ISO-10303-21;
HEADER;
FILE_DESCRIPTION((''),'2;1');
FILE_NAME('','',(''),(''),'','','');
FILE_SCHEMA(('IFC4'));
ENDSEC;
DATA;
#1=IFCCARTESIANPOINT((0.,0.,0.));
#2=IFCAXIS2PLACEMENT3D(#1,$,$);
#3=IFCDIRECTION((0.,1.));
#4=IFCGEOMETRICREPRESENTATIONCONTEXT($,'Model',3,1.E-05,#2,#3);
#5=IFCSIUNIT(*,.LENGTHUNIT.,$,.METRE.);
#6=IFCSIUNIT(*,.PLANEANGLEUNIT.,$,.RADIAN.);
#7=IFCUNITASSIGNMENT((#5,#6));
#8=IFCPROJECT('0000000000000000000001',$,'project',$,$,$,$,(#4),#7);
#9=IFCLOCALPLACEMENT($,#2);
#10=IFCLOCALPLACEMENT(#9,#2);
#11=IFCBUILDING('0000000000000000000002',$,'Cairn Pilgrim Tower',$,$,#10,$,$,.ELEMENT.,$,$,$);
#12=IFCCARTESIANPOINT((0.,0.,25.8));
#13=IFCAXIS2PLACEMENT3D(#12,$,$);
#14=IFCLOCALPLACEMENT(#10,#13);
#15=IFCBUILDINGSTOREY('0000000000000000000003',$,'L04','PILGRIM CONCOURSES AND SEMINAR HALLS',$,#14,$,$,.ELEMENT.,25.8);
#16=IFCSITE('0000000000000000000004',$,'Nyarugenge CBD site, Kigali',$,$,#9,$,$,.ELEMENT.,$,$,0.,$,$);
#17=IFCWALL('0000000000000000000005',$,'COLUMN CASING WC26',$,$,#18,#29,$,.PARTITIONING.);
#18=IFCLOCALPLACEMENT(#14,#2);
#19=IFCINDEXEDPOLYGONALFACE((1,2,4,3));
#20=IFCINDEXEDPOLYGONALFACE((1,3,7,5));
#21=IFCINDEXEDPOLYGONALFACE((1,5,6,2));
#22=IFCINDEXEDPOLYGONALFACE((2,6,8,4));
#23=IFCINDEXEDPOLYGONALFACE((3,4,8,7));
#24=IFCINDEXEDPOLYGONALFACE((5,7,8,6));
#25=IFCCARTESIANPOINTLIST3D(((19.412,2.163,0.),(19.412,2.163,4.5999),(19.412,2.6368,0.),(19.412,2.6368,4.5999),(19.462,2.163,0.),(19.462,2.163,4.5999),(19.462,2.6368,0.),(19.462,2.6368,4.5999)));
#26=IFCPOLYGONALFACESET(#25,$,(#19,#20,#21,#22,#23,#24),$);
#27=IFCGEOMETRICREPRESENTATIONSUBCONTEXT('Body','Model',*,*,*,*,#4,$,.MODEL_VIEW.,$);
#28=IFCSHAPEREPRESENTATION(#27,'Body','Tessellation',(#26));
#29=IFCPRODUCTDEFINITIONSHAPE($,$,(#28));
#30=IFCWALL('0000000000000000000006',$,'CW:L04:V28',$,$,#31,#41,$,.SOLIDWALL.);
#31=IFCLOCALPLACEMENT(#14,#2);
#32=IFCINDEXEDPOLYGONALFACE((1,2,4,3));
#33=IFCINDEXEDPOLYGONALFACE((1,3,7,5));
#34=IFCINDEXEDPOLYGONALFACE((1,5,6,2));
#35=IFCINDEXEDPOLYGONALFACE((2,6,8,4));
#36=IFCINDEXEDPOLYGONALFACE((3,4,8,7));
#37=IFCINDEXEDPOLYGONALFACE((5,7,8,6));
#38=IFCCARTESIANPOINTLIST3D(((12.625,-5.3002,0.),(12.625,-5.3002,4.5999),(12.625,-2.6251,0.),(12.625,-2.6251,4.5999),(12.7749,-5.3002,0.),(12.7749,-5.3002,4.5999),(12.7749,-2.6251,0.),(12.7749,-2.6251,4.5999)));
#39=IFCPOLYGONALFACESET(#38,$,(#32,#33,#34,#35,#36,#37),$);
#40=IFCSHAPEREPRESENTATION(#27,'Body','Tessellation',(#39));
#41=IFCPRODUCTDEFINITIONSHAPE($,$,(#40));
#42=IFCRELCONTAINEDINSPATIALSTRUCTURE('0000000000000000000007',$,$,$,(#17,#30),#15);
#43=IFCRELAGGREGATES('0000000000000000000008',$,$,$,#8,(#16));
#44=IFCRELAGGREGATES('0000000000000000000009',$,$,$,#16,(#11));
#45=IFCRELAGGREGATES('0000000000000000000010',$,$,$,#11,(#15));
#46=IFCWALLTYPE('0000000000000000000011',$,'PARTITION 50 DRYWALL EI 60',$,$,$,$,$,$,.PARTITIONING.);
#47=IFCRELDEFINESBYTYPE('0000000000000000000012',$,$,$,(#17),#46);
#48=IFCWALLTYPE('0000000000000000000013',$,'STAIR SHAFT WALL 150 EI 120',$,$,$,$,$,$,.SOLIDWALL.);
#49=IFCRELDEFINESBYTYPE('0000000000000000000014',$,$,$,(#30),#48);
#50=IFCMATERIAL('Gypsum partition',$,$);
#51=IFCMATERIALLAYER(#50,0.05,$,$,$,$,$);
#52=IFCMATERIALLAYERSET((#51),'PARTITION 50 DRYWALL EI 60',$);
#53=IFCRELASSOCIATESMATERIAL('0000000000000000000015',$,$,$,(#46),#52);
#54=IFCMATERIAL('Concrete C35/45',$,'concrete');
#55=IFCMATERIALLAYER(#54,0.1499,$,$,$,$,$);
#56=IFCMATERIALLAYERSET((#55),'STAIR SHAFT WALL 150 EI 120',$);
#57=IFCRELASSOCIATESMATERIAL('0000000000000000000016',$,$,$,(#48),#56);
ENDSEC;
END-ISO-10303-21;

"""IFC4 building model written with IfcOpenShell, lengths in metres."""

from ifc_helpers import new_model, si_unit, direction, frame, frame_2d, origin, place, context, subcontext, project, spatial, rectangle, extrude, material, layer, layer_set, type_object, element, save


model = new_model("IFC4")

# Units and contexts
model_context = context("Model", 3, precision=1e-05, world=origin(), true_north=direction((0.0, 1.0)))
body_context = subcontext(model_context, "Body", "Model", "MODEL_VIEW")
ifc_project = project(units=[si_unit("LENGTHUNIT", "METRE"), si_unit("PLANEANGLEUNIT", "RADIAN")], contexts=[model_context])

# Site, building, storey
site_placement = place(None, origin())
site = spatial("IfcSite", under=ifc_project, at=site_placement, Name="Nyarugenge CBD site, Kigali", CompositionType="ELEMENT", RefElevation=0.0)
building_placement = place(site_placement, origin())
building = spatial("IfcBuilding", under=site, at=building_placement, Name="Cairn Pilgrim Tower", CompositionType="ELEMENT")
storey_placement = place(building_placement, frame((0.0, 0.0, 25.8)))
storey = spatial("IfcBuildingStorey", under=building, at=storey_placement, Name="L04", Description="PILGRIM CONCOURSES AND SEMINAR HALLS", CompositionType="ELEMENT", Elevation=25.8)

# Walls
ifc_material_1 = material(Name="Gypsum partition")
ifc_layer_1 = layer(ifc_material_1, 0.05)
ifc_layer_set_1 = layer_set([ifc_layer_1], Name="PARTITION 50 DRYWALL EI 60")
wall_type_1 = type_object("IfcWallType", Name="PARTITION 50 DRYWALL EI 60", PredefinedType="PARTITIONING", material=ifc_layer_set_1)
wall_1_placement = place(storey_placement, frame((19.437, 2.1631, 0.0), z_axis=(0.0, 0.0, 1.0), x_axis=(0.0, 1.0, 0.0)))
element("IfcWall", 1, at=wall_1_placement, inside=storey, type_object=wall_type_1, Name="COLUMN CASING WC26", PredefinedType="PARTITIONING", context=body_context, shape_type="SweptSolid", body=[
    extrude(rectangle(XDim=0.4739, YDim=0.05, at=frame_2d((0.2368, 0.0))), origin(), (0.0, 0.0, 1.0), 4.5999),
])
ifc_material_2 = material(Name="Concrete C35/45", Category="concrete")
ifc_layer_2 = layer(ifc_material_2, 0.1499)
ifc_layer_set_2 = layer_set([ifc_layer_2], Name="STAIR SHAFT WALL 150 EI 120")
wall_type_2 = type_object("IfcWallType", Name="STAIR SHAFT WALL 150 EI 120", PredefinedType="SOLIDWALL", material=ifc_layer_set_2)
wall_2_placement = place(storey_placement, frame((12.7, -5.3, 0.0), z_axis=(0.0, 0.0, 1.0), x_axis=(0.0, 1.0, 0.0)))
element("IfcWall", 2, at=wall_2_placement, inside=storey, type_object=wall_type_2, Name="CW:L04:V28", PredefinedType="SOLIDWALL", context=body_context, shape_type="SweptSolid", body=[
    extrude(rectangle(XDim=2.675, YDim=0.1499, at=frame_2d((1.3374, 0.0))), origin(), (0.0, 0.0, 1.0), 4.5999),
])

save(model, "model.ifc")
